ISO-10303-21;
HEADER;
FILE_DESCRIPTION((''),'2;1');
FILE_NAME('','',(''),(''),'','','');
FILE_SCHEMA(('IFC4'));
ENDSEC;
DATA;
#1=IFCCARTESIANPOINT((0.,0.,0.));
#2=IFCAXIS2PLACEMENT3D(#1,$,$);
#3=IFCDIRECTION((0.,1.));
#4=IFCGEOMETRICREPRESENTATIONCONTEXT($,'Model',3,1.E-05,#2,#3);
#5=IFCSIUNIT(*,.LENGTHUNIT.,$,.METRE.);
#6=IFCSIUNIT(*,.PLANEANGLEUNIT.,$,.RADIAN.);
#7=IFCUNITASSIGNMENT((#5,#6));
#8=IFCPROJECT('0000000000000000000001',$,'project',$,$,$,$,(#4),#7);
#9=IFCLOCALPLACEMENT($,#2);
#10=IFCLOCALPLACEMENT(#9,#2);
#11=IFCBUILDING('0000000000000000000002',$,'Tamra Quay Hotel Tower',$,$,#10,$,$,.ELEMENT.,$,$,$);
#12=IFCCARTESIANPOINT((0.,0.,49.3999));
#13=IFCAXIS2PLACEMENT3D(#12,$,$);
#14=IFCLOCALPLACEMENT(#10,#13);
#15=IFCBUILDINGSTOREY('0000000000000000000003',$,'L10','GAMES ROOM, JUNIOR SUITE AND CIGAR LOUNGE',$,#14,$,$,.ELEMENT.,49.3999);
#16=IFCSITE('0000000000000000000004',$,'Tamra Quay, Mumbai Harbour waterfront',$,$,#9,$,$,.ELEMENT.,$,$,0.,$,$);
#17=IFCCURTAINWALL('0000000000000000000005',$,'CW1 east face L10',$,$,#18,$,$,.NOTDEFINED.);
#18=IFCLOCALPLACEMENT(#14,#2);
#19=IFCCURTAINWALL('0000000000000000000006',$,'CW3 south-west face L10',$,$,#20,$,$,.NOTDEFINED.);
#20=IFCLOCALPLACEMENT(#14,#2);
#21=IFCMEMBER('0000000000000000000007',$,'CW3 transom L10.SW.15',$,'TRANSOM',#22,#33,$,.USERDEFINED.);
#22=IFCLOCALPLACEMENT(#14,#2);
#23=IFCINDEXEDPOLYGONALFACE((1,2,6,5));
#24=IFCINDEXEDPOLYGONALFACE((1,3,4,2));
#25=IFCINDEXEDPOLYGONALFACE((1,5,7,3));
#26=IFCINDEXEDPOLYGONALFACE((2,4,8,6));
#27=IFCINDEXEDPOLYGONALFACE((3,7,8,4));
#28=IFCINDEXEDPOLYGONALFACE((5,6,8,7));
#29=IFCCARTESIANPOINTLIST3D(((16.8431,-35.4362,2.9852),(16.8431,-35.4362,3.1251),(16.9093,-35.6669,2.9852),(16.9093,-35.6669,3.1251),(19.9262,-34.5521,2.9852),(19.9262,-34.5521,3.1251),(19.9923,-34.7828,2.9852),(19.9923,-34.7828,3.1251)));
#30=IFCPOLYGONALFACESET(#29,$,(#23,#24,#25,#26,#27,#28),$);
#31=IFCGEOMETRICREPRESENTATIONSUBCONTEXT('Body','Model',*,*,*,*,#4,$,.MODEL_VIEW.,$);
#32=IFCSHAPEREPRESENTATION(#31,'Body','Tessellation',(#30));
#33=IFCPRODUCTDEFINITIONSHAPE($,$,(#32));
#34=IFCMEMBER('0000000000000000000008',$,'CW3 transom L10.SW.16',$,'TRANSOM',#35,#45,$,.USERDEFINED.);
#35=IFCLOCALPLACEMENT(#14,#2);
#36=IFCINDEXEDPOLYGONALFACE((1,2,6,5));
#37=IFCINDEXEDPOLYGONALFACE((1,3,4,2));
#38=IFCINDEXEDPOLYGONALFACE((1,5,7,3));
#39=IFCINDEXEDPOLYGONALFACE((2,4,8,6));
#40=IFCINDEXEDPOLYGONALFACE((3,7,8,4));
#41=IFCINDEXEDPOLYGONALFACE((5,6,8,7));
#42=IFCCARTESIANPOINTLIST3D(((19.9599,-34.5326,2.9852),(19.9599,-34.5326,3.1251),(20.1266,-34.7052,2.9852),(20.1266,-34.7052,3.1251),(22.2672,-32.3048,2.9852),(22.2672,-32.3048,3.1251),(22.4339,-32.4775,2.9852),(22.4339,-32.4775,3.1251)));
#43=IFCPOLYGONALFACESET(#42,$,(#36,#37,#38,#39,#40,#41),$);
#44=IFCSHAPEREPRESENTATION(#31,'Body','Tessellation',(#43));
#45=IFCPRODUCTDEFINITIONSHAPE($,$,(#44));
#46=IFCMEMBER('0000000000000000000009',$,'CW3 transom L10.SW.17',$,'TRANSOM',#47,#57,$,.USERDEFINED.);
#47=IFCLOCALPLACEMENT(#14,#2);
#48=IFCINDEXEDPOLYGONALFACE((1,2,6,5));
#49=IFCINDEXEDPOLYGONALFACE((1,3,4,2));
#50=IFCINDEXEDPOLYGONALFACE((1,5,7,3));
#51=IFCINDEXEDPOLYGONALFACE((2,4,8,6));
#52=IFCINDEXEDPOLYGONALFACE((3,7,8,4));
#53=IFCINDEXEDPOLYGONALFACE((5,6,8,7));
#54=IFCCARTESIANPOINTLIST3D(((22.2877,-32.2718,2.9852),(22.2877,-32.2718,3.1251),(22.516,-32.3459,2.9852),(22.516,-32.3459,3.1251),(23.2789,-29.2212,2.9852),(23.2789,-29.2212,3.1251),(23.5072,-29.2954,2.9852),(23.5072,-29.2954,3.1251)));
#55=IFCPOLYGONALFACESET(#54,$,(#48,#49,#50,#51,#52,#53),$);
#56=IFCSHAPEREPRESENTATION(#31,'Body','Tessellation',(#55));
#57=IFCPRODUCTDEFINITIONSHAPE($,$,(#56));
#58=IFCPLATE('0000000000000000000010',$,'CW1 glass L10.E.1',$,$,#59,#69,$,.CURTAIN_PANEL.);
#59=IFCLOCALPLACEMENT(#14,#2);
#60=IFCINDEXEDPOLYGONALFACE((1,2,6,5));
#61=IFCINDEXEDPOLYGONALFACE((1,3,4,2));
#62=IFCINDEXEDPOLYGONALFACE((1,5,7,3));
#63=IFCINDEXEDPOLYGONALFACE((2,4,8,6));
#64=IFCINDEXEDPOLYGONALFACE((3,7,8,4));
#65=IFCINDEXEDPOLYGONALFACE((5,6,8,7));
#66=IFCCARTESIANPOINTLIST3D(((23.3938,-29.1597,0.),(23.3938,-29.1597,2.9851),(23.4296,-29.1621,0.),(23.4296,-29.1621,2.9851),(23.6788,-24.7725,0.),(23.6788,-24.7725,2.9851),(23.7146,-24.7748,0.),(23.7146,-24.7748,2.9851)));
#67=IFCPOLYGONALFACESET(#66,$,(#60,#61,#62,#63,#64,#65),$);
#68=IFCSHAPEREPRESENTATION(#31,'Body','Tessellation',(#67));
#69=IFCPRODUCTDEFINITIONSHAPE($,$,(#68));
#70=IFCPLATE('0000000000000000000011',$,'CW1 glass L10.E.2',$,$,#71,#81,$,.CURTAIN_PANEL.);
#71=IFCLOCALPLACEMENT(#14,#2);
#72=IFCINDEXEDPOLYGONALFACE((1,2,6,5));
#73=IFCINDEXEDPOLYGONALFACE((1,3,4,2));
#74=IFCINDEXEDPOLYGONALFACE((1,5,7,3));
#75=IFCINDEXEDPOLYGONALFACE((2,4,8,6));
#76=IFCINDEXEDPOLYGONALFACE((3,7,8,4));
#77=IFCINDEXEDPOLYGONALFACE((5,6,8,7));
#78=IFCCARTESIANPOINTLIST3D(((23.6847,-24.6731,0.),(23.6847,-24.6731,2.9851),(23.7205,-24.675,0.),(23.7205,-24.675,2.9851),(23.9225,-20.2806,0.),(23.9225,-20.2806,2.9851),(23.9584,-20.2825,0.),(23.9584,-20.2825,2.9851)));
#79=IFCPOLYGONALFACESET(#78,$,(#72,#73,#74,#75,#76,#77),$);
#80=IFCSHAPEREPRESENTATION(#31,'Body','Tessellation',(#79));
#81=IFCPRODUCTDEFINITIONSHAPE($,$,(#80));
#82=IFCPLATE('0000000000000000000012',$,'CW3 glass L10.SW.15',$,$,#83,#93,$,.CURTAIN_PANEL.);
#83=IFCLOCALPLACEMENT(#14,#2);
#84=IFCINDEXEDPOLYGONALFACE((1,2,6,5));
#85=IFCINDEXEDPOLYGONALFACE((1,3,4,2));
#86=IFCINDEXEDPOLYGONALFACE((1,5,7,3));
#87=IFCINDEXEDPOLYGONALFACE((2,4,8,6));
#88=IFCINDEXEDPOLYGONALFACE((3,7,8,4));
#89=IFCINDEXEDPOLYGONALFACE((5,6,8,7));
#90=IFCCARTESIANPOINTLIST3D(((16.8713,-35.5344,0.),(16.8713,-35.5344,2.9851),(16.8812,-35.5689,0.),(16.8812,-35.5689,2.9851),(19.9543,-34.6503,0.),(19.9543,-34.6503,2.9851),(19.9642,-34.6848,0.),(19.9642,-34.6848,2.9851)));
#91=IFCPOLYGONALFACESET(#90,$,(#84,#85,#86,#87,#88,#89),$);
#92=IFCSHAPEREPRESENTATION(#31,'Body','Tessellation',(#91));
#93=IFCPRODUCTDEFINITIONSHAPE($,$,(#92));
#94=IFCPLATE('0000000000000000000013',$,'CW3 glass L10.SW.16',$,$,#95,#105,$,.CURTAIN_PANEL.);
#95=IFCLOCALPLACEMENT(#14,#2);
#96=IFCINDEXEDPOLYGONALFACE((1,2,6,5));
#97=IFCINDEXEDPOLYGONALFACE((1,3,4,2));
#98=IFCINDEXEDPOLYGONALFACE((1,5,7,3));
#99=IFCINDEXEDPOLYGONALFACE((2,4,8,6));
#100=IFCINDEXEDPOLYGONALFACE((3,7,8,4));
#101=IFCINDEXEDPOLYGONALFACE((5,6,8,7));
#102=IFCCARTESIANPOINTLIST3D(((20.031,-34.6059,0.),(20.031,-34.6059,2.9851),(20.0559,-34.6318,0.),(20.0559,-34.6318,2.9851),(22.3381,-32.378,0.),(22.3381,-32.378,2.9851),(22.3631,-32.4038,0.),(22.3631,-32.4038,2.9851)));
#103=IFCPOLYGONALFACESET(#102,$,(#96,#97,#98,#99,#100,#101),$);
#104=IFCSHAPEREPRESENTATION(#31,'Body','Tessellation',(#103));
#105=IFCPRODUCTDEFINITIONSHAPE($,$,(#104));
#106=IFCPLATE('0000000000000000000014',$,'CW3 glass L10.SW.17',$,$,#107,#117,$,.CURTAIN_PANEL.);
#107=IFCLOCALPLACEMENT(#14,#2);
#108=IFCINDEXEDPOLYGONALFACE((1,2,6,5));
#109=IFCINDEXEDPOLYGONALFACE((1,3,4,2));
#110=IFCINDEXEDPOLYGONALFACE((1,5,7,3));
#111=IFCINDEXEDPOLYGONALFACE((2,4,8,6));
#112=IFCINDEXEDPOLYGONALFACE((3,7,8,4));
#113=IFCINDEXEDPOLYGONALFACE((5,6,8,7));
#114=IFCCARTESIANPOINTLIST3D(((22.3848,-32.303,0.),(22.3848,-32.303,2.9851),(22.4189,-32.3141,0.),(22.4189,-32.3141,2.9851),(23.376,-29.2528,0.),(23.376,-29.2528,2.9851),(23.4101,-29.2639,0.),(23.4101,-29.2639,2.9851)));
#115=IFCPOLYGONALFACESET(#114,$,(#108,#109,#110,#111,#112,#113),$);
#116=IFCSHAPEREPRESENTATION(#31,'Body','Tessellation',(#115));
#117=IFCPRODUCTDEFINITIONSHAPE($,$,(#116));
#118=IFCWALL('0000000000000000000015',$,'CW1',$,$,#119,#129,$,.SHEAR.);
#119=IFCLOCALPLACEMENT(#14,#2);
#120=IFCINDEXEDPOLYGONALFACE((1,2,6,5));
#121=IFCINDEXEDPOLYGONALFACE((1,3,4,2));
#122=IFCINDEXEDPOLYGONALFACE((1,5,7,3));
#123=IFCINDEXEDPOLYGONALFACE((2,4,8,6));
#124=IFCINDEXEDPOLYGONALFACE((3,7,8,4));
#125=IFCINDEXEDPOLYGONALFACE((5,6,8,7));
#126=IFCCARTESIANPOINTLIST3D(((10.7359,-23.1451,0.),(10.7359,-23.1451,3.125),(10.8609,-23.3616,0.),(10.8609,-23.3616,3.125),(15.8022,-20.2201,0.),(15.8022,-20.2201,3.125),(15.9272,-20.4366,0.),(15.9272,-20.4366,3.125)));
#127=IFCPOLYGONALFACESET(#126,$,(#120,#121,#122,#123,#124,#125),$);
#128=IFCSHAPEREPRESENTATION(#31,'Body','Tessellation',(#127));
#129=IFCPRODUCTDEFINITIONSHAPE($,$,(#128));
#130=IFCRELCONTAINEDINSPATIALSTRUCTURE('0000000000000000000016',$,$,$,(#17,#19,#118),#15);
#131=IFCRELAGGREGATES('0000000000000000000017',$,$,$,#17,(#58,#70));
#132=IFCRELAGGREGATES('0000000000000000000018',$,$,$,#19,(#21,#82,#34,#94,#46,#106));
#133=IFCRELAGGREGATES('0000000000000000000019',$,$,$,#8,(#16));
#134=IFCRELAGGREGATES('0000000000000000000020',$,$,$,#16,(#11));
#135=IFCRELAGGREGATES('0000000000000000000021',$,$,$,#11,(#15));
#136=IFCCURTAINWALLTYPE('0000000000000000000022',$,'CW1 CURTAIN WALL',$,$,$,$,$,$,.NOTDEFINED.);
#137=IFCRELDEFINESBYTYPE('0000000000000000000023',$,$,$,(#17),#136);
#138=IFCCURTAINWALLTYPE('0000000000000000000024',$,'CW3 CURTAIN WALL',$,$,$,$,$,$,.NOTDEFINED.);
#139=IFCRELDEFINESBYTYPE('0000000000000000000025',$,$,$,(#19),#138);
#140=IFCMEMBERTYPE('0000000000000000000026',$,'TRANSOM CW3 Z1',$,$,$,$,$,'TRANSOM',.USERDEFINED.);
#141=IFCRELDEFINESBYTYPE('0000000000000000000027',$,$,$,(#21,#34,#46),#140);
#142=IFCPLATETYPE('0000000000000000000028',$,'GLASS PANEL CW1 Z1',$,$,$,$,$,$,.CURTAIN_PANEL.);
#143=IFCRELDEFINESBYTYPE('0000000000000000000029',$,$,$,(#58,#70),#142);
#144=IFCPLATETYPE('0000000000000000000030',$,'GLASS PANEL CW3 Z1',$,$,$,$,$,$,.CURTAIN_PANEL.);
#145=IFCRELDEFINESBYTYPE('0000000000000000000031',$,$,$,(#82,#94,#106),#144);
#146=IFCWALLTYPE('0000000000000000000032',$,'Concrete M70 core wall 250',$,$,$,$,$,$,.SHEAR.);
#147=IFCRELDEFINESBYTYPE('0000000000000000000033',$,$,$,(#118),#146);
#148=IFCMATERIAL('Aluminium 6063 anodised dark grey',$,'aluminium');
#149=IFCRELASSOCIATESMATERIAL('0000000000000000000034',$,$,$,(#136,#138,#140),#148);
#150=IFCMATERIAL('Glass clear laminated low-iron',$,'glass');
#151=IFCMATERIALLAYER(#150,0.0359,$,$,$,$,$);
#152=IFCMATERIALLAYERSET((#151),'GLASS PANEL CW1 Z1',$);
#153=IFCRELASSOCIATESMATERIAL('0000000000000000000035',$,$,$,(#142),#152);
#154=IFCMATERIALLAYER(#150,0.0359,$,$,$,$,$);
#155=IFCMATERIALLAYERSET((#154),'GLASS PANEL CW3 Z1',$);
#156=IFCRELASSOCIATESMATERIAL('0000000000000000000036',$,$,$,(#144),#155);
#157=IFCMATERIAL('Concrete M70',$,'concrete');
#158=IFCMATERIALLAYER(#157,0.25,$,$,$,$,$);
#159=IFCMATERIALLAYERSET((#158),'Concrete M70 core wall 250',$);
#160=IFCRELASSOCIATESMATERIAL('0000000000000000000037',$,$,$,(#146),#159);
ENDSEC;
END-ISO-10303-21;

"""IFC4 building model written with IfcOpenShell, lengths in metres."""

from ifc_helpers import new_model, si_unit, direction, frame, frame_2d, origin, origin_2d, place, context, subcontext, project, spatial, rectangle, extrude, material, layer, layer_set, material_profile, profile_set, type_object, element, aggregate, save


model = new_model("IFC4")

# Units and contexts
model_context = context("Model", 3, precision=1e-05, world=origin(), true_north=direction((0.0, 1.0)))
body_context = subcontext(model_context, "Body", "Model", "MODEL_VIEW")
ifc_project = project(units=[si_unit("LENGTHUNIT", "METRE"), si_unit("PLANEANGLEUNIT", "RADIAN")], contexts=[model_context])

# Site, building, storey
site_placement = place(None, origin())
site = spatial("IfcSite", under=ifc_project, at=site_placement, Name="Tamra Quay, Mumbai Harbour waterfront", CompositionType="ELEMENT", RefElevation=0.0)
building_placement = place(site_placement, origin())
building = spatial("IfcBuilding", under=site, at=building_placement, Name="Tamra Quay Hotel Tower", CompositionType="ELEMENT")
storey_placement = place(building_placement, frame((0.0, 0.0, 49.3999)))
storey = spatial("IfcBuildingStorey", under=building, at=storey_placement, Name="L10", Description="GAMES ROOM, JUNIOR SUITE AND CIGAR LOUNGE", CompositionType="ELEMENT", Elevation=49.3999)

# Shared definitions
ifc_material_1 = material(Name="Concrete M70", Category="concrete")

# Curtain wall
ifc_material_2 = material(Name="Aluminium 6063 anodised dark grey", Category="aluminium")
curtain_wall_type_1 = type_object("IfcCurtainWallType", Name="CW1 CURTAIN WALL", PredefinedType="NOTDEFINED", material=ifc_material_2)
curtain_wall_1_placement = place(storey_placement, origin())
curtain_wall_1 = element("IfcCurtainWall", 1, at=curtain_wall_1_placement, inside=storey, type_object=curtain_wall_type_1, Name="CW1 east face L10", PredefinedType="NOTDEFINED")

# Curtain wall
curtain_wall_type_2 = type_object("IfcCurtainWallType", Name="CW3 CURTAIN WALL", PredefinedType="NOTDEFINED", material=ifc_material_2)
curtain_wall_2_placement = place(storey_placement, origin())
curtain_wall_2 = element("IfcCurtainWall", 2, at=curtain_wall_2_placement, inside=storey, type_object=curtain_wall_type_2, Name="CW3 south-west face L10", PredefinedType="NOTDEFINED")

# Members
ifc_material_profile_1 = material_profile(ifc_material_2, rectangle(XDim=0.24, YDim=0.1399, at=origin_2d()), Name="TRANSOM 240X140")
ifc_profile_set_1 = profile_set([ifc_material_profile_1], Name="Aluminium 6063 anodised dark grey")
member_type_1 = type_object("IfcMemberType", Name="TRANSOM CW3 Z1", ElementType="TRANSOM", PredefinedType="USERDEFINED", material=ifc_profile_set_1)
member_1_placement = place(storey_placement, frame((16.8762, -35.5515, 3.0552), z_axis=(0.961262, 0.275636, 0.0), x_axis=(-0.275636, 0.961262, 0.0)))
member_1 = element("IfcMember", 3, at=member_1_placement, type_object=member_type_1, Name="CW3 transom L10.SW.15", ObjectType="TRANSOM", PredefinedType="USERDEFINED", context=body_context, shape_type="SweptSolid", body=[
    extrude(rectangle(XDim=0.24, YDim=0.1399, at=origin_2d()), origin(), (0.0, 0.0, 1.0), 3.2073),
])
member_2_placement = place(storey_placement, frame((20.0432, -34.6189, 3.0552), z_axis=(0.719405, 0.69459, 0.0), x_axis=(-0.69459, 0.719405, 0.0)))
member_2 = element("IfcMember", 4, at=member_2_placement, type_object=member_type_1, Name="CW3 transom L10.SW.16", ObjectType="TRANSOM", PredefinedType="USERDEFINED", context=body_context, shape_type="SweptSolid", body=[
    extrude(rectangle(XDim=0.24, YDim=0.1399, at=origin_2d()), origin(), (0.0, 0.0, 1.0), 3.2073),
])
member_3_placement = place(storey_placement, frame((22.4019, -32.3088, 3.0552), z_axis=(0.309026, 0.951054, 0.0), x_axis=(-0.951054, 0.309026, 0.0)))
member_3 = element("IfcMember", 5, at=member_3_placement, type_object=member_type_1, Name="CW3 transom L10.SW.17", ObjectType="TRANSOM", PredefinedType="USERDEFINED", context=body_context, shape_type="SweptSolid", body=[
    extrude(rectangle(XDim=0.24, YDim=0.1399, at=origin_2d()), origin(), (0.0, 0.0, 1.0), 3.2075),
])

# Plates
ifc_material_3 = material(Name="Glass clear laminated low-iron", Category="glass")
ifc_layer_1 = layer(ifc_material_3, 0.0359)
ifc_layer_set_1 = layer_set([ifc_layer_1], Name="GLASS PANEL CW1 Z1")
plate_type_1 = type_object("IfcPlateType", Name="GLASS PANEL CW1 Z1", PredefinedType="CURTAIN_PANEL", material=ifc_layer_set_1)
plate_1_placement = place(storey_placement, frame((23.5542, -26.9673, 0.0), z_axis=(0.0, 0.0, 1.0), x_axis=(0.064813, 0.997897, 0.0)))
plate_1 = element("IfcPlate", 6, at=plate_1_placement, type_object=plate_type_1, Name="CW1 glass L10.E.1", PredefinedType="CURTAIN_PANEL", context=body_context, shape_type="SweptSolid", body=[
    extrude(rectangle(XDim=4.3965, YDim=0.0359, at=origin_2d()), origin(), (0.0, 0.0, 1.0), 2.9851),
])
plate_2_placement = place(storey_placement, frame((23.8215, -22.4778, 0.0), z_axis=(0.0, 0.0, 1.0), x_axis=(0.054062, 0.998538, 0.0)))
plate_2 = element("IfcPlate", 7, at=plate_2_placement, type_object=plate_type_1, Name="CW1 glass L10.E.2", PredefinedType="CURTAIN_PANEL", context=body_context, shape_type="SweptSolid", body=[
    extrude(rectangle(XDim=4.3989, YDim=0.0359, at=origin_2d()), origin(), (0.0, 0.0, 1.0), 2.9851),
])
aggregate(curtain_wall_1, [plate_1, plate_2])
ifc_layer_2 = layer(ifc_material_3, 0.0359)
ifc_layer_set_2 = layer_set([ifc_layer_2], Name="GLASS PANEL CW3 Z1")
plate_type_2 = type_object("IfcPlateType", Name="GLASS PANEL CW3 Z1", PredefinedType="CURTAIN_PANEL", material=ifc_layer_set_2)
plate_3_placement = place(storey_placement, frame((18.4177, -35.1096, 0.0), z_axis=(0.0, 0.0, 1.0), x_axis=(0.961259, 0.275645, 0.0)))
plate_3 = element("IfcPlate", 8, at=plate_3_placement, type_object=plate_type_2, Name="CW3 glass L10.SW.15", PredefinedType="CURTAIN_PANEL", context=body_context, shape_type="SweptSolid", body=[
    extrude(rectangle(XDim=3.2073, YDim=0.0359, at=origin_2d()), origin(), (0.0, 0.0, 1.0), 2.9851),
])
plate_4_placement = place(storey_placement, frame((21.197, -33.5049, 0.0), z_axis=(0.0, 0.0, 1.0), x_axis=(0.719346, 0.694652, 0.0)))
plate_4 = element("IfcPlate", 9, at=plate_4_placement, type_object=plate_type_2, Name="CW3 glass L10.SW.16", PredefinedType="CURTAIN_PANEL", context=body_context, shape_type="SweptSolid", body=[
    extrude(rectangle(XDim=3.2073, YDim=0.0359, at=origin_2d()), origin(), (0.0, 0.0, 1.0), 2.9851),
])
plate_5_placement = place(storey_placement, frame((22.8975, -30.7834, 0.0), z_axis=(0.0, 0.0, 1.0), x_axis=(0.309041, 0.951049, 0.0)))
plate_5 = element("IfcPlate", 10, at=plate_5_placement, type_object=plate_type_2, Name="CW3 glass L10.SW.17", PredefinedType="CURTAIN_PANEL", context=body_context, shape_type="SweptSolid", body=[
    extrude(rectangle(XDim=3.2073, YDim=0.0359, at=origin_2d()), origin(), (0.0, 0.0, 1.0), 2.9851),
])
aggregate(curtain_wall_2, [member_1, plate_3, member_2, plate_4, member_3, plate_5])

# Wall
ifc_layer_3 = layer(ifc_material_1, 0.25)
ifc_layer_set_3 = layer_set([ifc_layer_3], Name="Concrete M70 core wall 250")
wall_type = type_object("IfcWallType", Name="Concrete M70 core wall 250", PredefinedType="SHEAR", material=ifc_layer_set_3)
wall_placement = place(storey_placement, frame((15.8647, -20.3284, 0.0), z_axis=(0.0, 0.0, 1.0), x_axis=(-0.866029, -0.499995, 0.0)))
element("IfcWall", 11, at=wall_placement, inside=storey, type_object=wall_type, Name="CW1", PredefinedType="SHEAR", context=body_context, shape_type="SweptSolid", body=[
    extrude(rectangle(XDim=5.8501, YDim=0.25, at=frame_2d((2.925, 0.0))), origin(), (0.0, 0.0, 1.0), 3.125),
])

save(model, "model.ifc")
